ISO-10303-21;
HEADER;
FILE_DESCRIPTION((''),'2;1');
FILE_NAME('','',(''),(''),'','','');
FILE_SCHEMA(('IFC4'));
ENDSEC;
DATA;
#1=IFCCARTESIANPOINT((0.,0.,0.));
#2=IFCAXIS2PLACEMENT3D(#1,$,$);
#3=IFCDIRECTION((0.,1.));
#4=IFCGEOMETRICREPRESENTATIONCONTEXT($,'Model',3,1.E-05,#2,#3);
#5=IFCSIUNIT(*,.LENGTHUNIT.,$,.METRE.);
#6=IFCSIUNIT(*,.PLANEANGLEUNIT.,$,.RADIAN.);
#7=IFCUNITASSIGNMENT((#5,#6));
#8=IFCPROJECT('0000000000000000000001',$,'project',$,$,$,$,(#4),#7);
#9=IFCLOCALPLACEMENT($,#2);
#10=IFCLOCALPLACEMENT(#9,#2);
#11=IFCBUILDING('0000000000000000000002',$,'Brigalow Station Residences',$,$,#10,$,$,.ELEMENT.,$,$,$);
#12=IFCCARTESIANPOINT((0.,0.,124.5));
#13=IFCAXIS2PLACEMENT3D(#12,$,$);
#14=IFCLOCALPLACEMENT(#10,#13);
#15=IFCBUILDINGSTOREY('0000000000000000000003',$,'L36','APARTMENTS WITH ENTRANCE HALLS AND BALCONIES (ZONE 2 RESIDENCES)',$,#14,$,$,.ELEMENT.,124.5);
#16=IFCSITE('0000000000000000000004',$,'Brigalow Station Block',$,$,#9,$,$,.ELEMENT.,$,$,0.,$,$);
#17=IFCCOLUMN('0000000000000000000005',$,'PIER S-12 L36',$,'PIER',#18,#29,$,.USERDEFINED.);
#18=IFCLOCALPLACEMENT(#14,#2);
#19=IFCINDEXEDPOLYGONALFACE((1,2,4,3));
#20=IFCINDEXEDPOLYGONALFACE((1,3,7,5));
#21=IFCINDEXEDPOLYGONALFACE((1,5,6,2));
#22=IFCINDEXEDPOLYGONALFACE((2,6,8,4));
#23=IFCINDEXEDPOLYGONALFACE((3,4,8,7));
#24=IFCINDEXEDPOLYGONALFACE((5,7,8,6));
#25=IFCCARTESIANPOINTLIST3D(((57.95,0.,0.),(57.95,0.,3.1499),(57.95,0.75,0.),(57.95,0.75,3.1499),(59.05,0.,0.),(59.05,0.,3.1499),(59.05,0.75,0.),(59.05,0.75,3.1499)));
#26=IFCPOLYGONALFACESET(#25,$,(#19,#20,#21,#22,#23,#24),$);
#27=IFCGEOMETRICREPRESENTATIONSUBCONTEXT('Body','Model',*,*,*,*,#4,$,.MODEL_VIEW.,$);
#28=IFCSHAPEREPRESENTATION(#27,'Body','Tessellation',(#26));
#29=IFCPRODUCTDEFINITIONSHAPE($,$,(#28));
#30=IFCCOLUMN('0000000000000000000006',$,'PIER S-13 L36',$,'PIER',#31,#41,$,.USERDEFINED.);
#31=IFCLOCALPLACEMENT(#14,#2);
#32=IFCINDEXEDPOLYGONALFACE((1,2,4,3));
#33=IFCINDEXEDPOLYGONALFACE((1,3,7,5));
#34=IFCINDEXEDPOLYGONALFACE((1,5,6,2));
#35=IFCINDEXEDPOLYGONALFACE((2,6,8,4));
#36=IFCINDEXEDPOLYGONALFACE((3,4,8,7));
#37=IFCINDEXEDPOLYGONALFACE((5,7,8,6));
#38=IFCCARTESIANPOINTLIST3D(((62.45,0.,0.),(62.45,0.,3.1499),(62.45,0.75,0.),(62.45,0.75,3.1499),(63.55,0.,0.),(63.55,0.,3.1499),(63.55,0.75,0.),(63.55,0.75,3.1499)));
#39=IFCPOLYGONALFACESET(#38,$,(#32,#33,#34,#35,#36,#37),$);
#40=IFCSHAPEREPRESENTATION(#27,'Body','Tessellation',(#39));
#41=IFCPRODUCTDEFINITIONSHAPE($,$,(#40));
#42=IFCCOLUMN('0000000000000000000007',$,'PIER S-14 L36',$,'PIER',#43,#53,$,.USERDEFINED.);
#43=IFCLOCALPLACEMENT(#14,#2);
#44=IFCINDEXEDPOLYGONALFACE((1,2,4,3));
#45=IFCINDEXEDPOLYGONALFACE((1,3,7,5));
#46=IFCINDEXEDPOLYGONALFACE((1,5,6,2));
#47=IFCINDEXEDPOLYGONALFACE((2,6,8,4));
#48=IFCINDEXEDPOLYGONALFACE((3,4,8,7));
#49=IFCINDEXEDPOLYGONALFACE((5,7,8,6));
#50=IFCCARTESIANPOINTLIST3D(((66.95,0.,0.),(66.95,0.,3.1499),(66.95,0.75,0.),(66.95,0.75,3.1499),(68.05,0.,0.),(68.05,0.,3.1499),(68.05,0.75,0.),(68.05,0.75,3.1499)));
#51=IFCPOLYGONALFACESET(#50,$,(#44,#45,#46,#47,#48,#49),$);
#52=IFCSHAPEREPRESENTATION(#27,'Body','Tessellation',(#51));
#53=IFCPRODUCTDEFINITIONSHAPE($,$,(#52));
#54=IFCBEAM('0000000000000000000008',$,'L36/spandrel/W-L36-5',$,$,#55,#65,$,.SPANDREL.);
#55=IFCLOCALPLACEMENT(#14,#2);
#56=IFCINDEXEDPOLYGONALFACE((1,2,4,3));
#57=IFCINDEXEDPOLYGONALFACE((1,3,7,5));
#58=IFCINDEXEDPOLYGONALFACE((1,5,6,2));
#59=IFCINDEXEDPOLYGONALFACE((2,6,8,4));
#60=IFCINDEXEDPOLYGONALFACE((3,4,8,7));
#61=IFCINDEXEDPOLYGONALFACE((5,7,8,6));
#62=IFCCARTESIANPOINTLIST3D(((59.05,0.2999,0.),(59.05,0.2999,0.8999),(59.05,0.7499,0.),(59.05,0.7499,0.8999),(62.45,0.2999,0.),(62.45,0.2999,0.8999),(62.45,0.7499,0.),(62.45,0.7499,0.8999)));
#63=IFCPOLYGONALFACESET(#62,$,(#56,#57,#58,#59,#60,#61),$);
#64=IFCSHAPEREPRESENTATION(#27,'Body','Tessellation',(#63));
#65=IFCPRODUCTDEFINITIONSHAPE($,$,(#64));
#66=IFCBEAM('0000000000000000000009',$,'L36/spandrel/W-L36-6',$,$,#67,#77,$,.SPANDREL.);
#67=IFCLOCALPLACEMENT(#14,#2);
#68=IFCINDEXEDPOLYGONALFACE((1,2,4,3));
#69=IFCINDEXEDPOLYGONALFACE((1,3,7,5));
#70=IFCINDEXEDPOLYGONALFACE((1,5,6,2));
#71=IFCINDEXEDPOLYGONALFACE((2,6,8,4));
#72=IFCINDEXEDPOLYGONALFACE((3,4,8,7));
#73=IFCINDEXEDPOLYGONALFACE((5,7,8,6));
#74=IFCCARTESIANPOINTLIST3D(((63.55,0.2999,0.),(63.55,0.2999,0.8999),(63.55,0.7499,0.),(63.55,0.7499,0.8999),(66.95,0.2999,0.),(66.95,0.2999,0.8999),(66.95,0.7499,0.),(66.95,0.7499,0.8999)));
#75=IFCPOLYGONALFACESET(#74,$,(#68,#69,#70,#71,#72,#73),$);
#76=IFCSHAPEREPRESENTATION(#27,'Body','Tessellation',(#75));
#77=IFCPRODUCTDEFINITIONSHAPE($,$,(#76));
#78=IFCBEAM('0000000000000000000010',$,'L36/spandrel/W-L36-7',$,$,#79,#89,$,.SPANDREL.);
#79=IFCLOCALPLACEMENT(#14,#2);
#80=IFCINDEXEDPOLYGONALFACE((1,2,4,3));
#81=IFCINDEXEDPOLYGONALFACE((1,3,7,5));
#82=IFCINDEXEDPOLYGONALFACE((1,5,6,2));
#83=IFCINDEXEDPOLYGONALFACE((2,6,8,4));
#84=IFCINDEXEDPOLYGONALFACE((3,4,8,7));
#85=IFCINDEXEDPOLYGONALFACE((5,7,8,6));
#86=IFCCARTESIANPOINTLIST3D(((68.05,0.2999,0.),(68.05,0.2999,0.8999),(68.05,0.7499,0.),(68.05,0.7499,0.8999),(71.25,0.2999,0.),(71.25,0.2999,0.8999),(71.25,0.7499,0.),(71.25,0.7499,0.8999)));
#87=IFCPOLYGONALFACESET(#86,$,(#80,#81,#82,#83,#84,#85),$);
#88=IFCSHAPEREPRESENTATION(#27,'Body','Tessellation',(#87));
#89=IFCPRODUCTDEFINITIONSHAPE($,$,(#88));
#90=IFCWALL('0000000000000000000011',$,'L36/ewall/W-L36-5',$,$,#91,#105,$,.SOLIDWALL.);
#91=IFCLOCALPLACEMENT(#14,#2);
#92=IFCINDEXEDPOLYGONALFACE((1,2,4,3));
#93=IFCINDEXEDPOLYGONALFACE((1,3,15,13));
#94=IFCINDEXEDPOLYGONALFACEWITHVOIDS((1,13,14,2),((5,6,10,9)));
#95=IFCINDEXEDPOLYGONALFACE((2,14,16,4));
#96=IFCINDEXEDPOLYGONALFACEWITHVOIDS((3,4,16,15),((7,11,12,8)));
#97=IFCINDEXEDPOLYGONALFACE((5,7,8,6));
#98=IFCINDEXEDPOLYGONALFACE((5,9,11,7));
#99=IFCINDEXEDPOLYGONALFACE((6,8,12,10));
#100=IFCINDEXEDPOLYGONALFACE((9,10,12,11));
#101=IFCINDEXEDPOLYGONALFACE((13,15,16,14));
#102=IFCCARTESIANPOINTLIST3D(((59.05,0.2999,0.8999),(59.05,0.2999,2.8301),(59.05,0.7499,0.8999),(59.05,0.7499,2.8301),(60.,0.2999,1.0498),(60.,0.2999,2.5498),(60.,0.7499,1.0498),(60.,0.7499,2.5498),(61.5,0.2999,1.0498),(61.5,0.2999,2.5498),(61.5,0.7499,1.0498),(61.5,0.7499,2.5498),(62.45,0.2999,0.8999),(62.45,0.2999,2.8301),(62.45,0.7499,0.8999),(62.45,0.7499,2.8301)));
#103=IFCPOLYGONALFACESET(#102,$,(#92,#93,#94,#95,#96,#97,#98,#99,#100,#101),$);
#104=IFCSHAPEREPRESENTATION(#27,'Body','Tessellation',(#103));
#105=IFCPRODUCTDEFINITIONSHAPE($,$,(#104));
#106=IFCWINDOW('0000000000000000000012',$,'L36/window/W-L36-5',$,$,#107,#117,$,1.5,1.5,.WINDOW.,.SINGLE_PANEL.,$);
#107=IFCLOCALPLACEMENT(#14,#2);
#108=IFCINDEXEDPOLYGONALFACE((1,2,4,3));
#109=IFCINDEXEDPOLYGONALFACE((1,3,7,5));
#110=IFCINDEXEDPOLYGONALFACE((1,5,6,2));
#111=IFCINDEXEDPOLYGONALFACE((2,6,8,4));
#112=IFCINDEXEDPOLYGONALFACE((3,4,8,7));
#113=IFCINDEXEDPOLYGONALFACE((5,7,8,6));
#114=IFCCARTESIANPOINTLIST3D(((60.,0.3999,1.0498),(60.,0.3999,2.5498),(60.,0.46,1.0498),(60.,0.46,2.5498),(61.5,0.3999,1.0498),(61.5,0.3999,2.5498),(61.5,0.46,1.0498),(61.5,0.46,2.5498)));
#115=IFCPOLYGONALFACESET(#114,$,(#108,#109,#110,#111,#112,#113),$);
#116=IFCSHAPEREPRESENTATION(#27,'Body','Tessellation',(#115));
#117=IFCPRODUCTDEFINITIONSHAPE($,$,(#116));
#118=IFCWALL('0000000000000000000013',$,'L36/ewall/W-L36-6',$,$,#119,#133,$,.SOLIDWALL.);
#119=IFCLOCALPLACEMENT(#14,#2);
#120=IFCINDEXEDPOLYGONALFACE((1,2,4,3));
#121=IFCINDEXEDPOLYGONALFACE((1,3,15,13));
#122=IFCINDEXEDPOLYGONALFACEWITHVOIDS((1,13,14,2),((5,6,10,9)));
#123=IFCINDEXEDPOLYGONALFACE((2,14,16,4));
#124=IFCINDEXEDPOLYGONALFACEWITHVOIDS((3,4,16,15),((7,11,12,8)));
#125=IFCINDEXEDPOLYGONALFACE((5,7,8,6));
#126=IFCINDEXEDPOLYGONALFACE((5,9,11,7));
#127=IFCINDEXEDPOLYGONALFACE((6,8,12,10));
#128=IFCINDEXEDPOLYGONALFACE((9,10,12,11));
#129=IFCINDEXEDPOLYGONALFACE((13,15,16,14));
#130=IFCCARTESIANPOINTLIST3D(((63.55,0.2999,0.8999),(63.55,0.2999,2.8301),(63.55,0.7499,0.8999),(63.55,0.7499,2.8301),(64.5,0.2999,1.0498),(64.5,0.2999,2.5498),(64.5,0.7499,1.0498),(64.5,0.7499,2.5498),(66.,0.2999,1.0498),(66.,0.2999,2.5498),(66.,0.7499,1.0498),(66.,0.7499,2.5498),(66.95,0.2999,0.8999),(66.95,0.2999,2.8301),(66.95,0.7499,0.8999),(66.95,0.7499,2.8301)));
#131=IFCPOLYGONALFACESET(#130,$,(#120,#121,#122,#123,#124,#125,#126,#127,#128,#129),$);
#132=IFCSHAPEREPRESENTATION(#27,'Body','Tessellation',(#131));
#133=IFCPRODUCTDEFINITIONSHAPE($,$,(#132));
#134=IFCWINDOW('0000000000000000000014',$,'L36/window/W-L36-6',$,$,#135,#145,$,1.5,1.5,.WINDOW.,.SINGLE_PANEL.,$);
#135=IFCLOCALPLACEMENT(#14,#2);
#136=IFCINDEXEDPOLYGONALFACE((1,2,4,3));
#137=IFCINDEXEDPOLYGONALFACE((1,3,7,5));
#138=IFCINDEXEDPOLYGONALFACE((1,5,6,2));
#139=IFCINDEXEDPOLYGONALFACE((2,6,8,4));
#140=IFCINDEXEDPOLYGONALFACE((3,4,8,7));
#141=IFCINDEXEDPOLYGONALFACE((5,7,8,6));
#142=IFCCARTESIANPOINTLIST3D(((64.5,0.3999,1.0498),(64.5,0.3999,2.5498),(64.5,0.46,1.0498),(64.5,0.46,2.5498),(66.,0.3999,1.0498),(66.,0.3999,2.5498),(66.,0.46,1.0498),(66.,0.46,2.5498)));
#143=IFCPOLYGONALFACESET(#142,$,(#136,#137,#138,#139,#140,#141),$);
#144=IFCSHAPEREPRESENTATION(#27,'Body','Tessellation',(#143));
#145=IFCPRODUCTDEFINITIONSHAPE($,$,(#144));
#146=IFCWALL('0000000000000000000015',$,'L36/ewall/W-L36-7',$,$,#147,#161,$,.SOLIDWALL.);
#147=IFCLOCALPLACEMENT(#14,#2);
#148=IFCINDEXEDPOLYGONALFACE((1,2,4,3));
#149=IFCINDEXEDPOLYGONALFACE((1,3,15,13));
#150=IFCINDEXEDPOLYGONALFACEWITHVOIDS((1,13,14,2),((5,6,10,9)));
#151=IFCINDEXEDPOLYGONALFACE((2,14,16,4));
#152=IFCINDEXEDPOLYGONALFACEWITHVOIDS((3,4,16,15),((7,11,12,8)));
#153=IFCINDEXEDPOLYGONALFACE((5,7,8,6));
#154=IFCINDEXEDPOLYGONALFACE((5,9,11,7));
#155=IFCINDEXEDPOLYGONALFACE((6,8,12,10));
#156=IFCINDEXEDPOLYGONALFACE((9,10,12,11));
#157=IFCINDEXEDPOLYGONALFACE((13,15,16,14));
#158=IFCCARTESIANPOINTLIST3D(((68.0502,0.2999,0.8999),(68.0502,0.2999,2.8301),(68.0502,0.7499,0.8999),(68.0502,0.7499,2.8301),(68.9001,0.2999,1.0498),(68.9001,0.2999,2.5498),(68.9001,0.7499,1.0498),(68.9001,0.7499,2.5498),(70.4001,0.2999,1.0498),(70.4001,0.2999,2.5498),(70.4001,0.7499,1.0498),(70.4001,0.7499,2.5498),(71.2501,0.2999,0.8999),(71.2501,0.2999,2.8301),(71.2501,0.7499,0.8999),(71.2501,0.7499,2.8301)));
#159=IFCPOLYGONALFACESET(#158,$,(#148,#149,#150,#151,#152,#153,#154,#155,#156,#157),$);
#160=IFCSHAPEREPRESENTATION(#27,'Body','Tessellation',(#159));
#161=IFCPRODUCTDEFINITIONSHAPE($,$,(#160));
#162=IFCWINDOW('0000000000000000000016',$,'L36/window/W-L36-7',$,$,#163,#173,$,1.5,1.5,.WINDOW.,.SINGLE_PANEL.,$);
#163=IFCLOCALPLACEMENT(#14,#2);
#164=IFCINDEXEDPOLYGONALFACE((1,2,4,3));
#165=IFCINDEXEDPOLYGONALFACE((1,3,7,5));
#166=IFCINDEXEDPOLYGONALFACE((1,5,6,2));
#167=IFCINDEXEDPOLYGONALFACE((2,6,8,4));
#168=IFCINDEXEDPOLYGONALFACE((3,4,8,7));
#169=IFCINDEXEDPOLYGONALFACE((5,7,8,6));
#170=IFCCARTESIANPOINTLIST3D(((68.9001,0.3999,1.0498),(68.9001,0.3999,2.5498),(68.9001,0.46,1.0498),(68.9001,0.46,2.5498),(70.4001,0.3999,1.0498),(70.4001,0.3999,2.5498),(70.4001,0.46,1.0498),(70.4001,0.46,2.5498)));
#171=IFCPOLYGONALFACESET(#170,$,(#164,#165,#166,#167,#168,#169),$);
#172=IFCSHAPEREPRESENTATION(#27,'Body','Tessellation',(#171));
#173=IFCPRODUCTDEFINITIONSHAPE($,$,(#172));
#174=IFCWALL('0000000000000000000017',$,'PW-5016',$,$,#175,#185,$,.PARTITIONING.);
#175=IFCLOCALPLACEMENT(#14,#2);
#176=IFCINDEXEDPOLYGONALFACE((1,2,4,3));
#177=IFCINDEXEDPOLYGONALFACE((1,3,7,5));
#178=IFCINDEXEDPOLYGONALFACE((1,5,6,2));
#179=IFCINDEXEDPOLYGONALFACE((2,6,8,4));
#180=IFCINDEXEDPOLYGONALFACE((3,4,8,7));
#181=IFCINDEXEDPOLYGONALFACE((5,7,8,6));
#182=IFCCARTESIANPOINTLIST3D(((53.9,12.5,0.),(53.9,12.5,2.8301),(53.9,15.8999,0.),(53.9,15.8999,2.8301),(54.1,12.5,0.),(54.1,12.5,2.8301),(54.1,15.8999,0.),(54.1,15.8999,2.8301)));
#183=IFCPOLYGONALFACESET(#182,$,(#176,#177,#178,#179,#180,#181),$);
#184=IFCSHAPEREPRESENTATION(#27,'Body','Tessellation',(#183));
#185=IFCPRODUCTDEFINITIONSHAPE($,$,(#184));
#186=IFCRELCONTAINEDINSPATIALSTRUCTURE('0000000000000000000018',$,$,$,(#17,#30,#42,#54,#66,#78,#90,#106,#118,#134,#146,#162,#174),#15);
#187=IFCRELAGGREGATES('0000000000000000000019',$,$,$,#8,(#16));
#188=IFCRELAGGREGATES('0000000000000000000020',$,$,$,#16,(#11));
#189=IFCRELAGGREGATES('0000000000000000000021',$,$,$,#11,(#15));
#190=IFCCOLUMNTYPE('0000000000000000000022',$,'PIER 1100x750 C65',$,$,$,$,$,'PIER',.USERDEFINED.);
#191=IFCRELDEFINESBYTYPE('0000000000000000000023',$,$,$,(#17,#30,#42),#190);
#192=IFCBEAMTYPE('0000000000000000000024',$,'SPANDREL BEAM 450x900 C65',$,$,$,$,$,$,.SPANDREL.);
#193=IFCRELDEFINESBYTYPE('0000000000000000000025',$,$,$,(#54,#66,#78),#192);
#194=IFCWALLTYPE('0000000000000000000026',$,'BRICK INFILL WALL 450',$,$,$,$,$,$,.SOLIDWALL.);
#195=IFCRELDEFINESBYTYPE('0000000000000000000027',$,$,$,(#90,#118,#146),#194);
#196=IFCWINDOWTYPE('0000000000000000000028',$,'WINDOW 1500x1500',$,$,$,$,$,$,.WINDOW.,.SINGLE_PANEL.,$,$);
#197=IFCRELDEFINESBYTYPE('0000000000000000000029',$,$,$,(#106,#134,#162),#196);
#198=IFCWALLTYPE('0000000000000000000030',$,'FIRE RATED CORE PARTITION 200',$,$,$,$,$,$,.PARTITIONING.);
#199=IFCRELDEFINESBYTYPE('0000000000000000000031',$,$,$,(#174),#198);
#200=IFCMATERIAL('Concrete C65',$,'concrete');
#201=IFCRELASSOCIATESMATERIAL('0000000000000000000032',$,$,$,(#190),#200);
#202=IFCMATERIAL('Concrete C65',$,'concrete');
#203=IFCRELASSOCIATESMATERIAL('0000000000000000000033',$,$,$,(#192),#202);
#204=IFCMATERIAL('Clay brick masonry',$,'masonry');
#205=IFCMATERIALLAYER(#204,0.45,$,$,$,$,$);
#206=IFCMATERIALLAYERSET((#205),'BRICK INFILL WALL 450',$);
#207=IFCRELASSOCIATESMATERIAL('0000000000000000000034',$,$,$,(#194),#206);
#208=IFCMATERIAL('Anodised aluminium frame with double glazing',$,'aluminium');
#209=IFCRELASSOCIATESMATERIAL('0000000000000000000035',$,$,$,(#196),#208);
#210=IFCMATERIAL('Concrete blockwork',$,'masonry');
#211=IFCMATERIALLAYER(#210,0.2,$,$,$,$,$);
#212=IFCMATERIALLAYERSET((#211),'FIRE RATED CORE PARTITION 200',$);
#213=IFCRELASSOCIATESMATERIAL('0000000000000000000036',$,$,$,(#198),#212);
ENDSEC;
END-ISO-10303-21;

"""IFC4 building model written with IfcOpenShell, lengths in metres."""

from ifc_helpers import new_model, si_unit, direction, frame, frame_2d, origin, origin_2d, place, context, subcontext, project, spatial, rectangle, extrude, material, layer, layer_set, material_profile, profile_set, type_object, element, fill, save


model = new_model("IFC4")

# Units and contexts
model_context = context("Model", 3, precision=1e-05, world=origin(), true_north=direction((0.0, 1.0)))
body_context = subcontext(model_context, "Body", "Model", "MODEL_VIEW")
ifc_project = project(units=[si_unit("LENGTHUNIT", "METRE"), si_unit("PLANEANGLEUNIT", "RADIAN")], contexts=[model_context])

# Site, building, storey
site_placement = place(None, origin())
site = spatial("IfcSite", under=ifc_project, at=site_placement, Name="Brigalow Station Block", CompositionType="ELEMENT", RefElevation=0.0)
building_placement = place(site_placement, origin())
building = spatial("IfcBuilding", under=site, at=building_placement, Name="Brigalow Station Residences", CompositionType="ELEMENT")
storey_placement = place(building_placement, frame((0.0, 0.0, 124.5)))
storey = spatial("IfcBuildingStorey", under=building, at=storey_placement, Name="L36", Description="APARTMENTS WITH ENTRANCE HALLS AND BALCONIES (ZONE 2 RESIDENCES)", CompositionType="ELEMENT", Elevation=124.5)

# Columns
ifc_material_1 = material(Name="Concrete C65", Category="concrete")
ifc_material_profile_1 = material_profile(ifc_material_1, rectangle(XDim=1.1001, YDim=0.75, at=origin_2d()), Name="RC1100x750")
ifc_profile_set_1 = profile_set([ifc_material_profile_1], Name="Concrete C65")
column_type = type_object("IfcColumnType", Name="PIER 1100x750 C65", ElementType="PIER", PredefinedType="USERDEFINED", material=ifc_profile_set_1)
for number, where, z_axis, x_axis, name in (
    (1, (58.5, 0.375, 0.0), (0.0, 0.0, 1.0), (1.0, 0.0, 0.0), "PIER S-12 L36"),
    (2, (63.0, 0.375, 0.0), (0.0, 0.0, 1.0), (1.0, 0.0, 0.0), "PIER S-13 L36"),
    (3, (67.5, 0.375, 0.0), (0.0, 0.0, 1.0), (1.0, 0.0, 0.0), "PIER S-14 L36"),
):
    element("IfcColumn", number, at=place(storey_placement, frame(where, z_axis=z_axis, x_axis=x_axis)), inside=storey, type_object=column_type, Name=name, ObjectType="PIER", PredefinedType="USERDEFINED", context=body_context, shape_type="SweptSolid", body=[
        extrude(rectangle(XDim=1.1001, YDim=0.75, at=origin_2d()), origin(), (0.0, 0.0, 1.0), 3.1499),
    ])

# Beams
ifc_material_2 = material(Name="Concrete C65", Category="concrete")
ifc_material_profile_2 = material_profile(ifc_material_2, rectangle(XDim=0.45, YDim=0.8999, at=origin_2d()), Name="RC450x900")
ifc_profile_set_2 = profile_set([ifc_material_profile_2], Name="Concrete C65")
beam_type = type_object("IfcBeamType", Name="SPANDREL BEAM 450x900 C65", PredefinedType="SPANDREL", material=ifc_profile_set_2)
for number, where, z_axis, x_axis, name in (
    (4, (59.05, 0.5249, 0.45), (1.0, 0.0, 0.0), (0.0, 1.0, 0.0), "L36/spandrel/W-L36-5"),
    (5, (63.55, 0.5249, 0.45), (1.0, 0.0, 0.0), (0.0, 1.0, 0.0), "L36/spandrel/W-L36-6"),
):
    element("IfcBeam", number, at=place(storey_placement, frame(where, z_axis=z_axis, x_axis=x_axis)), inside=storey, type_object=beam_type, Name=name, PredefinedType="SPANDREL", context=body_context, shape_type="SweptSolid", body=[
        extrude(rectangle(XDim=0.45, YDim=0.8999, at=origin_2d()), origin(), (0.0, 0.0, 1.0), 3.3999),
    ])
beam_placement = place(storey_placement, frame((68.05, 0.5249, 0.45), z_axis=(1.0, 0.0, 0.0), x_axis=(0.0, 1.0, 0.0)))
element("IfcBeam", 6, at=beam_placement, inside=storey, type_object=beam_type, Name="L36/spandrel/W-L36-7", PredefinedType="SPANDREL", context=body_context, shape_type="SweptSolid", body=[
    extrude(rectangle(XDim=0.45, YDim=0.8999, at=origin_2d()), origin(), (0.0, 0.0, 1.0), 3.2),
])

# Walls, openings, windows
ifc_material_3 = material(Name="Clay brick masonry", Category="masonry")
ifc_layer_1 = layer(ifc_material_3, 0.45)
ifc_layer_set_1 = layer_set([ifc_layer_1], Name="BRICK INFILL WALL 450")
wall_type_1 = type_object("IfcWallType", Name="BRICK INFILL WALL 450", PredefinedType="SOLIDWALL", material=ifc_layer_set_1)
wall_1_placement = place(storey_placement, frame((59.05, 0.5249, 0.8999), z_axis=(0.0, 0.0, 1.0), x_axis=(1.0, 0.0, 0.0)))
wall_1 = element("IfcWall", 7, at=wall_1_placement, inside=storey, type_object=wall_type_1, Name="L36/ewall/W-L36-5", PredefinedType="SOLIDWALL", context=body_context, shape_type="SweptSolid", body=[
    extrude(rectangle(XDim=3.3999, YDim=0.45, at=frame_2d((1.7, 0.0))), origin(), (0.0, 0.0, 1.0), 1.9302),
])
opening_1_placement = place(wall_1_placement, frame((0.95, 0.0, 0.1499)))
opening_1 = element("IfcOpeningElement", 8, at=opening_1_placement, cuts=wall_1, PredefinedType="OPENING", context=body_context, shape_type="SweptSolid", body=[
    extrude(rectangle(XDim=1.5, YDim=1.5, at=frame_2d((0.75, 0.75))), frame((0.0, 0.2349, 0.0), z_axis=(0.0, -1.0, 0.0), x_axis=(1.0, 0.0, 0.0)), (0.0, 0.0, 1.0), 0.47),
])
ifc_material_4 = material(Name="Anodised aluminium frame with double glazing", Category="aluminium")
window_type = type_object("IfcWindowType", Name="WINDOW 1500x1500", PartitioningType="SINGLE_PANEL", PredefinedType="WINDOW", material=ifc_material_4)
window_1_placement = place(opening_1_placement, origin())
window_1 = element("IfcWindow", 9, at=window_1_placement, inside=storey, type_object=window_type, Name="L36/window/W-L36-5", OverallHeight=1.5, OverallWidth=1.5, PartitioningType="SINGLE_PANEL", PredefinedType="WINDOW", context=body_context, shape_type="SweptSolid", body=[
    extrude(rectangle(XDim=1.5, YDim=1.5, at=frame_2d((0.75, 0.75))), frame((0.0, -0.0649, 0.0), z_axis=(0.0, -1.0, 0.0), x_axis=(1.0, 0.0, 0.0)), (0.0, 0.0, 1.0), 0.0601),
])
fill(opening_1, window_1)
wall_2_placement = place(storey_placement, frame((63.55, 0.5249, 0.8999), z_axis=(0.0, 0.0, 1.0), x_axis=(1.0, 0.0, 0.0)))
wall_2 = element("IfcWall", 10, at=wall_2_placement, inside=storey, type_object=wall_type_1, Name="L36/ewall/W-L36-6", PredefinedType="SOLIDWALL", context=body_context, shape_type="SweptSolid", body=[
    extrude(rectangle(XDim=3.3999, YDim=0.45, at=frame_2d((1.7, 0.0))), origin(), (0.0, 0.0, 1.0), 1.9302),
])
opening_2_placement = place(wall_2_placement, frame((0.95, 0.0, 0.1499)))
opening_2 = element("IfcOpeningElement", 11, at=opening_2_placement, cuts=wall_2, PredefinedType="OPENING", context=body_context, shape_type="SweptSolid", body=[
    extrude(rectangle(XDim=1.5, YDim=1.5, at=frame_2d((0.75, 0.75))), frame((0.0, 0.2349, 0.0), z_axis=(0.0, -1.0, 0.0), x_axis=(1.0, 0.0, 0.0)), (0.0, 0.0, 1.0), 0.47),
])
window_2_placement = place(opening_2_placement, origin())
window_2 = element("IfcWindow", 12, at=window_2_placement, inside=storey, type_object=window_type, Name="L36/window/W-L36-6", OverallHeight=1.5, OverallWidth=1.5, PartitioningType="SINGLE_PANEL", PredefinedType="WINDOW", context=body_context, shape_type="SweptSolid", body=[
    extrude(rectangle(XDim=1.5, YDim=1.5, at=frame_2d((0.75, 0.75))), frame((0.0, -0.0649, 0.0), z_axis=(0.0, -1.0, 0.0), x_axis=(1.0, 0.0, 0.0)), (0.0, 0.0, 1.0), 0.0601),
])
fill(opening_2, window_2)
wall_3_placement = place(storey_placement, frame((68.05, 0.5249, 0.8999), z_axis=(0.0, 0.0, 1.0), x_axis=(1.0, 0.0, 0.0)))
wall_3 = element("IfcWall", 13, at=wall_3_placement, inside=storey, type_object=wall_type_1, Name="L36/ewall/W-L36-7", PredefinedType="SOLIDWALL", context=body_context, shape_type="SweptSolid", body=[
    extrude(rectangle(XDim=3.2, YDim=0.45, at=frame_2d((1.6001, 0.0))), origin(), (0.0, 0.0, 1.0), 1.9302),
])
opening_3_placement = place(wall_3_placement, frame((0.8501, 0.0, 0.1499)))
opening_3 = element("IfcOpeningElement", 14, at=opening_3_placement, cuts=wall_3, PredefinedType="OPENING", context=body_context, shape_type="SweptSolid", body=[
    extrude(rectangle(XDim=1.5, YDim=1.5, at=frame_2d((0.75, 0.75))), frame((0.0, 0.2349, 0.0), z_axis=(0.0, -1.0, 0.0), x_axis=(1.0, 0.0, 0.0)), (0.0, 0.0, 1.0), 0.47),
])
window_3_placement = place(opening_3_placement, origin())
window_3 = element("IfcWindow", 15, at=window_3_placement, inside=storey, type_object=window_type, Name="L36/window/W-L36-7", OverallHeight=1.5, OverallWidth=1.5, PartitioningType="SINGLE_PANEL", PredefinedType="WINDOW", context=body_context, shape_type="SweptSolid", body=[
    extrude(rectangle(XDim=1.5, YDim=1.5, at=frame_2d((0.75, 0.75))), frame((0.0, -0.0649, 0.0), z_axis=(0.0, -1.0, 0.0), x_axis=(1.0, 0.0, 0.0)), (0.0, 0.0, 1.0), 0.0601),
])
fill(opening_3, window_3)

# Wall
ifc_material_5 = material(Name="Concrete blockwork", Category="masonry")
ifc_layer_2 = layer(ifc_material_5, 0.2)
ifc_layer_set_2 = layer_set([ifc_layer_2], Name="FIRE RATED CORE PARTITION 200")
wall_type_2 = type_object("IfcWallType", Name="FIRE RATED CORE PARTITION 200", PredefinedType="PARTITIONING", material=ifc_layer_set_2)
wall_4_placement = place(storey_placement, frame((54.0, 12.5, 0.0), z_axis=(0.0, 0.0, 1.0), x_axis=(0.0, 1.0, 0.0)))
element("IfcWall", 16, at=wall_4_placement, inside=storey, type_object=wall_type_2, Name="PW-5016", PredefinedType="PARTITIONING", context=body_context, shape_type="SweptSolid", body=[
    extrude(rectangle(XDim=3.3999, YDim=0.2, at=frame_2d((1.7, 0.0))), origin(), (0.0, 0.0, 1.0), 2.8301),
])

save(model, "model.ifc")
